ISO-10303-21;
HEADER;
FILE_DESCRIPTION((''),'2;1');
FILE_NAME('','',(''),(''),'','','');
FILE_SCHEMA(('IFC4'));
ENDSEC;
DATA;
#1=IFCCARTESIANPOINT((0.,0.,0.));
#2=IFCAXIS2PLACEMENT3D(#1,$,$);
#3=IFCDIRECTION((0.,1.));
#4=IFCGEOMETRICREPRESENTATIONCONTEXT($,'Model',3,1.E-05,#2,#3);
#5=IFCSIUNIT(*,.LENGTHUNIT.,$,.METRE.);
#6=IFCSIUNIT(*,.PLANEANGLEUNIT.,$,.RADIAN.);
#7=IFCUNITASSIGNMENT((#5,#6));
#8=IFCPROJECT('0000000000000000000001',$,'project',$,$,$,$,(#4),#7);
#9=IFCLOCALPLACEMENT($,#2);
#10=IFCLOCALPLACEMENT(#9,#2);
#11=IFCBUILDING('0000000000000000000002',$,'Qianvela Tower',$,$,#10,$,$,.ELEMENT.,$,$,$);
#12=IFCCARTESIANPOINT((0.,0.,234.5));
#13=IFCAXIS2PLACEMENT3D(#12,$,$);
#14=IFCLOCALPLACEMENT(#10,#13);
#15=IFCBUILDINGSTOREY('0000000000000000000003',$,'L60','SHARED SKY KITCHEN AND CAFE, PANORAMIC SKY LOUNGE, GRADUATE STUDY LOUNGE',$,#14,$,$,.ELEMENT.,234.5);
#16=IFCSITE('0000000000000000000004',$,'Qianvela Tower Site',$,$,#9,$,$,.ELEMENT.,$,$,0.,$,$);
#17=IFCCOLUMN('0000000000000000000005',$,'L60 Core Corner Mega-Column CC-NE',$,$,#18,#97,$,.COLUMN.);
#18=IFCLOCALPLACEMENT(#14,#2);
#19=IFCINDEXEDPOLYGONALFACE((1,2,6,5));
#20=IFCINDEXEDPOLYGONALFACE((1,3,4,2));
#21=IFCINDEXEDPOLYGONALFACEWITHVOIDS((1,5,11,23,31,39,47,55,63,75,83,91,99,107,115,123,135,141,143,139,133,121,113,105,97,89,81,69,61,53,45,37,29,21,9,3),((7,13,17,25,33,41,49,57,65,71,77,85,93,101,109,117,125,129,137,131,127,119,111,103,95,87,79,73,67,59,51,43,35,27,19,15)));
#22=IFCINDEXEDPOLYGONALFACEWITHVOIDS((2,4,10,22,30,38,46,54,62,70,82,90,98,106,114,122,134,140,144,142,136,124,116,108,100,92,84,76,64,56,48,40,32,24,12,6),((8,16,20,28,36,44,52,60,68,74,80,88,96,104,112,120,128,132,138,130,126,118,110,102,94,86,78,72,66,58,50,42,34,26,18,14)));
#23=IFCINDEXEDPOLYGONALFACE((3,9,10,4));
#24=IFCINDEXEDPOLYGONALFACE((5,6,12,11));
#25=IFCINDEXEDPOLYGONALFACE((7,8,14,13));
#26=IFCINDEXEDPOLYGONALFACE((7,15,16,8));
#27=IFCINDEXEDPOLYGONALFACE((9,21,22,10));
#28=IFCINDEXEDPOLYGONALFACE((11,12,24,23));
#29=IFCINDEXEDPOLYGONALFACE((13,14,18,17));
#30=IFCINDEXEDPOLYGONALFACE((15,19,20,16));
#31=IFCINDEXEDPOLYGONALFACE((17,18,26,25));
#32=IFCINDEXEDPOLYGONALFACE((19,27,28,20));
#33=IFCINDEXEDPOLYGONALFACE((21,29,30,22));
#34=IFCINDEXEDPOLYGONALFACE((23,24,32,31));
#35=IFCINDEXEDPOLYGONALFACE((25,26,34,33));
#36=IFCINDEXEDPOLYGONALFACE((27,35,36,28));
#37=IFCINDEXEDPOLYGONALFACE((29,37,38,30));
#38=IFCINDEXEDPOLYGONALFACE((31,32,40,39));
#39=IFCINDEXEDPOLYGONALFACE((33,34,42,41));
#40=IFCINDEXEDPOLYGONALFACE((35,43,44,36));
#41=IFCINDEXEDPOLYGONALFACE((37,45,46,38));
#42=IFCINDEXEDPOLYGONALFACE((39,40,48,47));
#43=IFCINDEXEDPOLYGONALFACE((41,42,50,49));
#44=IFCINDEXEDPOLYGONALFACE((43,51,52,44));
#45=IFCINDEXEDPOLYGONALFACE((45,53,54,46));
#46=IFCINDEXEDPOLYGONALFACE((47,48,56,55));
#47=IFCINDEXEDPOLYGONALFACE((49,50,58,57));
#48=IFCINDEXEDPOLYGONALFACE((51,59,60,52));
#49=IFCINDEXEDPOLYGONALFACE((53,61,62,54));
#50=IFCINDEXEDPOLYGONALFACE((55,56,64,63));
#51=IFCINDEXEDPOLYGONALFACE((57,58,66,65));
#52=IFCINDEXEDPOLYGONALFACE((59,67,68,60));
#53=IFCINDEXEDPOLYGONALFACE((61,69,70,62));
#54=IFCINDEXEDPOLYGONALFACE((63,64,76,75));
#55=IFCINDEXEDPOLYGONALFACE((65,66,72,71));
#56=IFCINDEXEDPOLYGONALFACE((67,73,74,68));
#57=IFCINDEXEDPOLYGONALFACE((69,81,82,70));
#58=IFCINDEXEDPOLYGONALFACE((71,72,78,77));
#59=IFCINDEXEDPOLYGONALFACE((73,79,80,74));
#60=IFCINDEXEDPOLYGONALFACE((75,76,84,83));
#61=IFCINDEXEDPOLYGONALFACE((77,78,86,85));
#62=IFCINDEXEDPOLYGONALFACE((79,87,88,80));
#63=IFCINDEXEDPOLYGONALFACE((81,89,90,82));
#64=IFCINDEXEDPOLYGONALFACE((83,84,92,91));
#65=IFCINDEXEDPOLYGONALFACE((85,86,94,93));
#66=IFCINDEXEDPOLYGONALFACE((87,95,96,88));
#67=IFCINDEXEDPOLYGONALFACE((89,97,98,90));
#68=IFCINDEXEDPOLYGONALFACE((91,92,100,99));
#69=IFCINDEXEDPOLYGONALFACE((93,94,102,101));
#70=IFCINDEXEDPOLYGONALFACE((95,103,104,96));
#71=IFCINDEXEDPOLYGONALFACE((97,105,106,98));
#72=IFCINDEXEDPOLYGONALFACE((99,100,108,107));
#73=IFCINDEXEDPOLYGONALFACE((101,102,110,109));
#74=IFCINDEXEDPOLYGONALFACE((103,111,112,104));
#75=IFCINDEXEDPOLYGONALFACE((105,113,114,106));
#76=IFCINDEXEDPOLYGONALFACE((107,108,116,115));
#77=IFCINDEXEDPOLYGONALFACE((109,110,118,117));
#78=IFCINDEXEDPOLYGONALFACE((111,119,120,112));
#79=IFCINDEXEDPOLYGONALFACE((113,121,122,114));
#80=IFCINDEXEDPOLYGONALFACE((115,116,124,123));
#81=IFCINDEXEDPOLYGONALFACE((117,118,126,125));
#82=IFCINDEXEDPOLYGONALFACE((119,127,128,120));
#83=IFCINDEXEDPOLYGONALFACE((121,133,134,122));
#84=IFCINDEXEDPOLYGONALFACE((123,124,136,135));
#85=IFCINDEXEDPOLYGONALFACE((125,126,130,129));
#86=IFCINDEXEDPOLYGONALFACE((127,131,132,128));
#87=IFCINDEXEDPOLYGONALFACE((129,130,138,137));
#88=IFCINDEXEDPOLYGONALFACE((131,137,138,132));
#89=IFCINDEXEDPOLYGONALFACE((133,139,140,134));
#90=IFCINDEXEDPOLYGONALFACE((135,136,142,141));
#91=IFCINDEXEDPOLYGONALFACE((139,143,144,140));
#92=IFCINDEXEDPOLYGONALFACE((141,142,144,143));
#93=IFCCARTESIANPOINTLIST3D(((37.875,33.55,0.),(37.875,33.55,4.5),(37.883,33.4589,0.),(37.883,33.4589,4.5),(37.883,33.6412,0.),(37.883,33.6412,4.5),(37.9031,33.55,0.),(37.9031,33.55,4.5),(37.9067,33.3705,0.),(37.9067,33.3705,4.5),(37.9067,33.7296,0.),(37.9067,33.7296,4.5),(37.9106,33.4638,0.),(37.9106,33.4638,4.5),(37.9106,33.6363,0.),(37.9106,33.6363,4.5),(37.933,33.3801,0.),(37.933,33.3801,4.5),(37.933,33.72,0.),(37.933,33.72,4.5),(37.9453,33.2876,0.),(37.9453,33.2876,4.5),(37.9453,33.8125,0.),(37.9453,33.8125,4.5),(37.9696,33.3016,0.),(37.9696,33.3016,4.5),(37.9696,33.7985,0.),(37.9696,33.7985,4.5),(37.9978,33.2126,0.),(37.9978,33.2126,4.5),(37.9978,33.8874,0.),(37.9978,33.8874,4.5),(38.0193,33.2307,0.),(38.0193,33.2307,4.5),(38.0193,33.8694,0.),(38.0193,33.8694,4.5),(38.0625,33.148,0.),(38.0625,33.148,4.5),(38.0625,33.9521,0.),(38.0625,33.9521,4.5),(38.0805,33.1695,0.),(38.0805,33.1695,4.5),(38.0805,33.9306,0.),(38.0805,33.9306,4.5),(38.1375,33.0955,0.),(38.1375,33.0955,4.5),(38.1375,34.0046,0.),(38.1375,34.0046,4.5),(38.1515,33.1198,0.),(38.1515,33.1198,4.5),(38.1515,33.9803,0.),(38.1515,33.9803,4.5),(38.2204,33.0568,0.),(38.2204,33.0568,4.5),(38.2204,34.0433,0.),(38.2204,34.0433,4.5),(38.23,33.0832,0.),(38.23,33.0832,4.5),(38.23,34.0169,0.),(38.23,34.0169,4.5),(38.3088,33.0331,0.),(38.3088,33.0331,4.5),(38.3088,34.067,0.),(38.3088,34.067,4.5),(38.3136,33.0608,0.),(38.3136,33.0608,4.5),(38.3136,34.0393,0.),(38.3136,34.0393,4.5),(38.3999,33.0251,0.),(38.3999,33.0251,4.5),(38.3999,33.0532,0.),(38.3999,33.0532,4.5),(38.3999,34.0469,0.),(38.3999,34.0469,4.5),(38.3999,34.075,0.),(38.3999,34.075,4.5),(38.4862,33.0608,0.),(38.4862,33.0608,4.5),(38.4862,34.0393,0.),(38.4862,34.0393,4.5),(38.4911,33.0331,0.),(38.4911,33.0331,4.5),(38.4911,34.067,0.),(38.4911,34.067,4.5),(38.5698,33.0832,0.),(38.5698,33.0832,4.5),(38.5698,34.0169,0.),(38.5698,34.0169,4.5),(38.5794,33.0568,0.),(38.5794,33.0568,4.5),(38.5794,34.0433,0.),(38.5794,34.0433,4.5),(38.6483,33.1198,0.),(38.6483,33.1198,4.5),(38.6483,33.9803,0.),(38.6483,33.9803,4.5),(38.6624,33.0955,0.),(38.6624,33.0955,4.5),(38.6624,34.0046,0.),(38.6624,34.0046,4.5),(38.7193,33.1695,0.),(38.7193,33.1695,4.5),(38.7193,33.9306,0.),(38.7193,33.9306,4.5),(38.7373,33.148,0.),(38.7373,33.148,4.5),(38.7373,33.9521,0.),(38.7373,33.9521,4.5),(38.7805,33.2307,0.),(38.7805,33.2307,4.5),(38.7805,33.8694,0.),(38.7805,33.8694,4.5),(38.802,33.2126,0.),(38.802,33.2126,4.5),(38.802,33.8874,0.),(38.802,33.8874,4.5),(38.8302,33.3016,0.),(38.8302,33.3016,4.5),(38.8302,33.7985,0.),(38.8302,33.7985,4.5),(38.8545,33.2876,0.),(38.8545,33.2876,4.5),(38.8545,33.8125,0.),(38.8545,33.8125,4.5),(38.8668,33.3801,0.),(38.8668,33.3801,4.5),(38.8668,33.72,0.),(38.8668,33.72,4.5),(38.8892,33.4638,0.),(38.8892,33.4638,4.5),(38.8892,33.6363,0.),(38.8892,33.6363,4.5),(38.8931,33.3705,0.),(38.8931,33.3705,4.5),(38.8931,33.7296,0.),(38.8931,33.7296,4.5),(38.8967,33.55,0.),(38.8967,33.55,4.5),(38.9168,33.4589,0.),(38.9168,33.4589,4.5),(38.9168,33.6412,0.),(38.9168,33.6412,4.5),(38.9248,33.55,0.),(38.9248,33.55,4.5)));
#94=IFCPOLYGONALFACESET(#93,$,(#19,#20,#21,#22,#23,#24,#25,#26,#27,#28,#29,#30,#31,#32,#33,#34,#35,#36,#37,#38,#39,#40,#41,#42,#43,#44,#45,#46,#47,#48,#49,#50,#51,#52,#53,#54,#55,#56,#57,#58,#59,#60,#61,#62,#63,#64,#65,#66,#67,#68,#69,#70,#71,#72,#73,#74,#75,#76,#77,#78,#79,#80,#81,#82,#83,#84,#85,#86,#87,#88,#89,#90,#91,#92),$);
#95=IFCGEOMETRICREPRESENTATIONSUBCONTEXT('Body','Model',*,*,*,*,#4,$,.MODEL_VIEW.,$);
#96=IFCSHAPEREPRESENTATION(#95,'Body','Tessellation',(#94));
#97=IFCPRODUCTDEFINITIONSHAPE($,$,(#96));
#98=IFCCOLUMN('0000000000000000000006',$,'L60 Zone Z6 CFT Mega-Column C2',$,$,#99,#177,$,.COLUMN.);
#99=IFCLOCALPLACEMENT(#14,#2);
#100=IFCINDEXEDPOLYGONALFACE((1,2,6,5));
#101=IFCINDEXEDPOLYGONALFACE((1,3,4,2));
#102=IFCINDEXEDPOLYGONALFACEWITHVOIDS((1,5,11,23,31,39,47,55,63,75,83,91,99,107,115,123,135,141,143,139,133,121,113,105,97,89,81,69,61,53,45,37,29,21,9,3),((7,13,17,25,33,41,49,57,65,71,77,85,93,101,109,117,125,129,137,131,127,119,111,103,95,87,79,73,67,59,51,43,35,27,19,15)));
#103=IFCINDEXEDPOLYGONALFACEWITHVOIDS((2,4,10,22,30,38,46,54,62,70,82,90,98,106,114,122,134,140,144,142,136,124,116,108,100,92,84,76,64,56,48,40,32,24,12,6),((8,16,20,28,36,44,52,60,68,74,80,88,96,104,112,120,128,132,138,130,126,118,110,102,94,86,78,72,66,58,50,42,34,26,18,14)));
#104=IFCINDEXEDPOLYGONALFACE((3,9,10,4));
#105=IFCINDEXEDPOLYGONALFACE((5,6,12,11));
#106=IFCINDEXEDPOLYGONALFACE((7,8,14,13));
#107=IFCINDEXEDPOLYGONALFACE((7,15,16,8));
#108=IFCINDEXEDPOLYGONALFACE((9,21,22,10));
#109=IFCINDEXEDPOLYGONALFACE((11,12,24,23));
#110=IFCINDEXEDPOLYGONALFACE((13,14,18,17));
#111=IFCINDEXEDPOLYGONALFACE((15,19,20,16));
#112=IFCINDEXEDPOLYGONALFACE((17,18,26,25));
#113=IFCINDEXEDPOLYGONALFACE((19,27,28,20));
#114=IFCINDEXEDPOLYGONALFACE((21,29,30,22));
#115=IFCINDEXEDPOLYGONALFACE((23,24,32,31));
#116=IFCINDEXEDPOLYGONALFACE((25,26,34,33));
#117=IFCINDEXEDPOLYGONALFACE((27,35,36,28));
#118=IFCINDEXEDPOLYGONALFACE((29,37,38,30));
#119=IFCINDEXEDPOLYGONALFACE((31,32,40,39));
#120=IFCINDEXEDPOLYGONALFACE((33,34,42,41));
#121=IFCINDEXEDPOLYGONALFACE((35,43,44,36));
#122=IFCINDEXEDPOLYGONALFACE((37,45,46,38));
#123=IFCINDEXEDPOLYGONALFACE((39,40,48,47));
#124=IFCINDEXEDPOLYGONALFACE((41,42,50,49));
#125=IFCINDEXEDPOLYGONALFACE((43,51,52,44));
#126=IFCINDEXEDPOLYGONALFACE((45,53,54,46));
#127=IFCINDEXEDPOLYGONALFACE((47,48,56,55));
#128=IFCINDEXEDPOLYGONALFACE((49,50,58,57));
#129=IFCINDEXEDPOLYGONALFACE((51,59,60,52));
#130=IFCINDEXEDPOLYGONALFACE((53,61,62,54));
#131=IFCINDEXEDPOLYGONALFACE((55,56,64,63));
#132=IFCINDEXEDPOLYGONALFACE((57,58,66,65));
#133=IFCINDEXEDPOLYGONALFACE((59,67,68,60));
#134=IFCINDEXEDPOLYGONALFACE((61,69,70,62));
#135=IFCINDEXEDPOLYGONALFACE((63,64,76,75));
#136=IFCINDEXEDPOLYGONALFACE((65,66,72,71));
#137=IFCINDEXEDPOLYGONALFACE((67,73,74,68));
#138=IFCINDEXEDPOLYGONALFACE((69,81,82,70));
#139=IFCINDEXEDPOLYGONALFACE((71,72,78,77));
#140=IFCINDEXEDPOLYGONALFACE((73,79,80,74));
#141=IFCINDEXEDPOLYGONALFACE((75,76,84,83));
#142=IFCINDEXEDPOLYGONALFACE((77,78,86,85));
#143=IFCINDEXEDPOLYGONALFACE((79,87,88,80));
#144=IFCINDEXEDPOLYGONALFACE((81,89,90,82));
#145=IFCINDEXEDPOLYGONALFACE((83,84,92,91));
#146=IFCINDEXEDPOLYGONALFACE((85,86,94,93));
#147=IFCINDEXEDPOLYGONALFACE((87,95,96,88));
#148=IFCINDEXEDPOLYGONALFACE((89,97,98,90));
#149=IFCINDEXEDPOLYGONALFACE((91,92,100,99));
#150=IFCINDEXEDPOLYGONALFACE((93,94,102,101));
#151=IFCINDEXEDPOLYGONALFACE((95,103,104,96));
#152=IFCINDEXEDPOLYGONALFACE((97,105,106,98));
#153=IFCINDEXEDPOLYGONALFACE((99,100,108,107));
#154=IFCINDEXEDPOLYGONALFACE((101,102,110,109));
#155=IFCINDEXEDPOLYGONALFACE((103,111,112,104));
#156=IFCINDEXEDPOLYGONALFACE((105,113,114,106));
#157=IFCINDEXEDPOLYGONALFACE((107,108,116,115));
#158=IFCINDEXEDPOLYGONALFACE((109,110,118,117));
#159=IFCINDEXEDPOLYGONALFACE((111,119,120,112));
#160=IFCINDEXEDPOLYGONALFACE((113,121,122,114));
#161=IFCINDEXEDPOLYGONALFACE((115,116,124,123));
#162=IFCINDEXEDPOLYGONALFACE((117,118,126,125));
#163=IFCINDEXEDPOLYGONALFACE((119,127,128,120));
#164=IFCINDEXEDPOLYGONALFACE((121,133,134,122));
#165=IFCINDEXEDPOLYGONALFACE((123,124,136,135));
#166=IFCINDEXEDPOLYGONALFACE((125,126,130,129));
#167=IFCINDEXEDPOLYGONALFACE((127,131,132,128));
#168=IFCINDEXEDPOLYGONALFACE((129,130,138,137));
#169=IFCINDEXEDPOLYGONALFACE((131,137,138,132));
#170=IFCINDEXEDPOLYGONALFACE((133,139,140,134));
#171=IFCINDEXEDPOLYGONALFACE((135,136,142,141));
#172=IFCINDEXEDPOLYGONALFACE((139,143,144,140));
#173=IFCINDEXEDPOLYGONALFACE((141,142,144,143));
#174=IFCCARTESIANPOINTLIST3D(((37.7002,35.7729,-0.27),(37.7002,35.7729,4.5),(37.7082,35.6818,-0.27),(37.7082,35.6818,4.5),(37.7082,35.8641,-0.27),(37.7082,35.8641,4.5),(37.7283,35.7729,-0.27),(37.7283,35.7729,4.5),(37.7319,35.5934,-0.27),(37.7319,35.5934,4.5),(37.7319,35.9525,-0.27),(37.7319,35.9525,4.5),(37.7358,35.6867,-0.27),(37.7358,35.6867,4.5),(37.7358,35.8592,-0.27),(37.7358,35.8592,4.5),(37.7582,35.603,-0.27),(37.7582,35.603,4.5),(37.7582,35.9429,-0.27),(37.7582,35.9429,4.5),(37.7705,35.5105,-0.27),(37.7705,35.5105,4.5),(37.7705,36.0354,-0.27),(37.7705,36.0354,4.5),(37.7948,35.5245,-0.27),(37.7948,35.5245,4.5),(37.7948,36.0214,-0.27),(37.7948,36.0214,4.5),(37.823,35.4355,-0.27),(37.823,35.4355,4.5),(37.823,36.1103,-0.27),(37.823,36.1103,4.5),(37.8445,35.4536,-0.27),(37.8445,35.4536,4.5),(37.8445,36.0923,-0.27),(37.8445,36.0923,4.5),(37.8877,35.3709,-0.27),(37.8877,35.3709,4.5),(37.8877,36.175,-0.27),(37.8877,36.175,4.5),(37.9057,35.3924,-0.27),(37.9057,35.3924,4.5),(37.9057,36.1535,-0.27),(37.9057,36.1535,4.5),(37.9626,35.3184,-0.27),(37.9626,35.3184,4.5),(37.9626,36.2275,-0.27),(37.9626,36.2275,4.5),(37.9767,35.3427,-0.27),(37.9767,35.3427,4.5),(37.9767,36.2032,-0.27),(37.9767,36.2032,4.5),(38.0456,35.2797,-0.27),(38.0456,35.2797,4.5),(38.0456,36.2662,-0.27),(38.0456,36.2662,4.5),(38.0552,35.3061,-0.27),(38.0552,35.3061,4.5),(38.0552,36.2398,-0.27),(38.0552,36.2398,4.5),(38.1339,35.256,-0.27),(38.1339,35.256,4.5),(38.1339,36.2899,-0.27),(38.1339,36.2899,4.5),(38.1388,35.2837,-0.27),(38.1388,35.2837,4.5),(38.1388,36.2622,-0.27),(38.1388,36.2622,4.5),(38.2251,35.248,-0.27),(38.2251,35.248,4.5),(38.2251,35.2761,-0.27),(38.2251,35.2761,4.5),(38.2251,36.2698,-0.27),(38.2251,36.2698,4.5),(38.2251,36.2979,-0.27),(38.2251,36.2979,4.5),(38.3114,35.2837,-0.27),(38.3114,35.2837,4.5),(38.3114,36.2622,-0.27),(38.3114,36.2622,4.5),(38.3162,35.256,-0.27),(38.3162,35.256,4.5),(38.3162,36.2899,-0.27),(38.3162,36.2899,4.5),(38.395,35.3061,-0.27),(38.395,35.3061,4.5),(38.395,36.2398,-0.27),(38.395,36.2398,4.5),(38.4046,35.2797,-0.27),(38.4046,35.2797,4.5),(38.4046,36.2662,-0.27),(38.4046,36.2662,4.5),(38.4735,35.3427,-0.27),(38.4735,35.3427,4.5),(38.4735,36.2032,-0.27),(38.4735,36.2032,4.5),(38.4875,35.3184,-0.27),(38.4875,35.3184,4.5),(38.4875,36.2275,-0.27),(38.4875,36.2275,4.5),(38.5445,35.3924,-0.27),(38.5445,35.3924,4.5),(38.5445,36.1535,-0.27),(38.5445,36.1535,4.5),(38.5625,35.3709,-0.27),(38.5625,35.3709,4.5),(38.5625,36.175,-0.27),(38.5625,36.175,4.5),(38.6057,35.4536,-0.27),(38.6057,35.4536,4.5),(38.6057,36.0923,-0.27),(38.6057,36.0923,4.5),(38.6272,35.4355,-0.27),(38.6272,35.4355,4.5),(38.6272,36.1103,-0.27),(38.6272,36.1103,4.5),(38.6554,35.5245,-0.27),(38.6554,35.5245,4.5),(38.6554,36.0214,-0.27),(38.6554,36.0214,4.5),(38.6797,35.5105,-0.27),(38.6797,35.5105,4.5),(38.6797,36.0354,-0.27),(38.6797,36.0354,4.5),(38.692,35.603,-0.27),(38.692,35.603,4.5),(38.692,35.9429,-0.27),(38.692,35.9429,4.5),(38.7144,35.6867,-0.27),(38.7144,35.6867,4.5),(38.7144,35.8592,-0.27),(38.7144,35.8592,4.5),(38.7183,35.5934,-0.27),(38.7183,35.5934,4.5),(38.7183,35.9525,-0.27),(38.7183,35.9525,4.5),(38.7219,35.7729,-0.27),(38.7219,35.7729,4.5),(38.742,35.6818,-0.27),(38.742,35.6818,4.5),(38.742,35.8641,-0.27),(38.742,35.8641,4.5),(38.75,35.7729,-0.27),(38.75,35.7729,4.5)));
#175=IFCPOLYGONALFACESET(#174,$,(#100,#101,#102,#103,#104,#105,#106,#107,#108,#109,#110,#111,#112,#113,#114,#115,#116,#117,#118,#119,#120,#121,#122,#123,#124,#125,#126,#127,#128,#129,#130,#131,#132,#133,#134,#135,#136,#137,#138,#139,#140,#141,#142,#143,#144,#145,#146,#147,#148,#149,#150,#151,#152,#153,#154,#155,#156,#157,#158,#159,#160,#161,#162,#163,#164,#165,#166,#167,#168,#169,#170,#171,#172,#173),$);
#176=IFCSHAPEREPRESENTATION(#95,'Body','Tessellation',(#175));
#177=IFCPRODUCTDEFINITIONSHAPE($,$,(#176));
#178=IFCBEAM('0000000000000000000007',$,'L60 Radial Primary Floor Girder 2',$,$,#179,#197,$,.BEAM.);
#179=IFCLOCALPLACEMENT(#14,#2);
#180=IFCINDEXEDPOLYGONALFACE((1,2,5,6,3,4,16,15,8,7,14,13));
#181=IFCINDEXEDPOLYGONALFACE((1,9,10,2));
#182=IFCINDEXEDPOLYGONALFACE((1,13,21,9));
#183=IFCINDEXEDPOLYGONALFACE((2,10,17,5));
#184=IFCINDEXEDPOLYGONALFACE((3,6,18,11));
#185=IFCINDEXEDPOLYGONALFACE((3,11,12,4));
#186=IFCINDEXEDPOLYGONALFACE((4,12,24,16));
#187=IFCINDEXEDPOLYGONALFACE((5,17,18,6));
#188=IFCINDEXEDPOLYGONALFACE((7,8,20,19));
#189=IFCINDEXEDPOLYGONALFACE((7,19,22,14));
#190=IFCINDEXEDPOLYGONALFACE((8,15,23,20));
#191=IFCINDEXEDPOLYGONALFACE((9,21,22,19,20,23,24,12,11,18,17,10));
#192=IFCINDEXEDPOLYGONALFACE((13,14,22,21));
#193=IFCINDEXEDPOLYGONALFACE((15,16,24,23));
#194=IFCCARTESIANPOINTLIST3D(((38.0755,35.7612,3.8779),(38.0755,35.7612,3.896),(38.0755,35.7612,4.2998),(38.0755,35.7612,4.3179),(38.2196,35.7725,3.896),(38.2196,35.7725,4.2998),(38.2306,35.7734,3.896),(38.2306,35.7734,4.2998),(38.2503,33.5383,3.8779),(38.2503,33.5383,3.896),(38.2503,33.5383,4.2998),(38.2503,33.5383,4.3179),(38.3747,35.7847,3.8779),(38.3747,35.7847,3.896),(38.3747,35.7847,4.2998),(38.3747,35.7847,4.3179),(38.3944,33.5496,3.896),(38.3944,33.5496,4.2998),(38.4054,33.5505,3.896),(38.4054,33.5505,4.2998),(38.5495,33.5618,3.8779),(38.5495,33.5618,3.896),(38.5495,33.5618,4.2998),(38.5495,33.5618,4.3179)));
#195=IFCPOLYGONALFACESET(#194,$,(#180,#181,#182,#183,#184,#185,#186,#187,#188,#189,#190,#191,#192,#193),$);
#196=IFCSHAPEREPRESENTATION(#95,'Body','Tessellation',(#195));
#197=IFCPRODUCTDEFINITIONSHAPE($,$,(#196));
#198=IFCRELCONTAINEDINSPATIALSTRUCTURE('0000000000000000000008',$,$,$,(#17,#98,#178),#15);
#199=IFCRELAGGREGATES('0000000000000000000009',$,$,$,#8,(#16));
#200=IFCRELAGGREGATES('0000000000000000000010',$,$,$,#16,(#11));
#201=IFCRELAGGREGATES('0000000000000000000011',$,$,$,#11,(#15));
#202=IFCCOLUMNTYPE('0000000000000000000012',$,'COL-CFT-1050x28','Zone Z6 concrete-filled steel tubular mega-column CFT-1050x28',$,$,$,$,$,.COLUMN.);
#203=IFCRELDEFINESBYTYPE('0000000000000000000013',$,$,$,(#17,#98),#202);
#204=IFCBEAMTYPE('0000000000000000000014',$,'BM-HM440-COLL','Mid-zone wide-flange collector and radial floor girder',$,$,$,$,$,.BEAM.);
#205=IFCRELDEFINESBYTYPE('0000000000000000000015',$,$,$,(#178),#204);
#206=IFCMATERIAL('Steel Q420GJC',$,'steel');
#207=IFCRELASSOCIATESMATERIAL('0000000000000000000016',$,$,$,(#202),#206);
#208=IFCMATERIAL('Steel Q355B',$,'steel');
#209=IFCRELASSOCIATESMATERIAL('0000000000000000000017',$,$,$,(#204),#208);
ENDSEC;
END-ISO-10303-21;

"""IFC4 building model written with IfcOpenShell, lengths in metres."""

from ifc_helpers import new_model, si_unit, direction, frame, origin, origin_2d, place, context, subcontext, project, spatial, hollow_circle, i_section, extrude, material, material_profile, profile_set, type_object, element, save


model = new_model("IFC4")

# Units and contexts
model_context = context("Model", 3, precision=1e-05, world=origin(), true_north=direction((0.0, 1.0)))
body_context = subcontext(model_context, "Body", "Model", "MODEL_VIEW")
ifc_project = project(units=[si_unit("LENGTHUNIT", "METRE"), si_unit("PLANEANGLEUNIT", "RADIAN")], contexts=[model_context])

# Site, building, storey
site_placement = place(None, origin())
site = spatial("IfcSite", under=ifc_project, at=site_placement, Name="Qianvela Tower Site", CompositionType="ELEMENT", RefElevation=0.0)
building_placement = place(site_placement, origin())
building = spatial("IfcBuilding", under=site, at=building_placement, Name="Qianvela Tower", CompositionType="ELEMENT")
storey_placement = place(building_placement, frame((0.0, 0.0, 234.5)))
storey = spatial("IfcBuildingStorey", under=building, at=storey_placement, Name="L60", Description="SHARED SKY KITCHEN AND CAFE, PANORAMIC SKY LOUNGE, GRADUATE STUDY LOUNGE", CompositionType="ELEMENT", Elevation=234.5)

# Columns
ifc_material_1 = material(Name="Steel Q420GJC", Category="steel")
ifc_material_profile_1 = material_profile(ifc_material_1, hollow_circle(Radius=0.5249, WallThickness=0.0281, at=origin_2d()), Name="CFT-1050x28")
ifc_profile_set_1 = profile_set([ifc_material_profile_1], Name="Steel Q420GJC")
column_type = type_object("IfcColumnType", Name="COL-CFT-1050x28", Description="Zone Z6 concrete-filled steel tubular mega-column CFT-1050x28", PredefinedType="COLUMN", material=ifc_profile_set_1)
column_1_placement = place(storey_placement, frame((38.3999, 33.55, 0.0), z_axis=(0.0, 0.0, 1.0), x_axis=(1.0, 0.0, 0.0)))
element("IfcColumn", 1, at=column_1_placement, inside=storey, type_object=column_type, Name="L60 Core Corner Mega-Column CC-NE", PredefinedType="COLUMN", context=body_context, shape_type="SweptSolid", body=[
    extrude(hollow_circle(Radius=0.5249, WallThickness=0.0281, at=origin_2d()), origin(), (0.0, 0.0, 1.0), 4.5),
])
column_2_placement = place(storey_placement, frame((38.2251, 35.7729, -0.27), z_axis=(0.0, 0.0, 1.0), x_axis=(1.0, 0.0, 0.0)))
element("IfcColumn", 2, at=column_2_placement, inside=storey, type_object=column_type, Name="L60 Zone Z6 CFT Mega-Column C2", PredefinedType="COLUMN", context=body_context, shape_type="SweptSolid", body=[
    extrude(hollow_circle(Radius=0.5249, WallThickness=0.0281, at=origin_2d()), origin(), (0.0, 0.0, 1.0), 4.77),
])

# Beam
ifc_material_2 = material(Name="Steel Q355B", Category="steel")
ifc_material_profile_2 = material_profile(ifc_material_2, i_section(OverallWidth=0.3, OverallDepth=0.4399, WebThickness=0.011, FlangeThickness=0.0181, at=origin_2d()), Name="HM440x300x11x18")
ifc_profile_set_2 = profile_set([ifc_material_profile_2], Name="Steel Q355B")
beam_type_1 = type_object("IfcBeamType", Name="BM-HM440-COLL", Description="Mid-zone wide-flange collector and radial floor girder", PredefinedType="BEAM", material=ifc_profile_set_2)
beam_1_placement = place(storey_placement, frame((38.3999, 33.55, 4.0979), z_axis=(-0.078396, 0.996922, 0.0), x_axis=(-0.996922, -0.078396, 0.0)))
element("IfcBeam", 3, at=beam_1_placement, inside=storey, type_object=beam_type_1, Name="L60 Radial Primary Floor Girder 2", PredefinedType="BEAM", context=body_context, shape_type="SweptSolid", body=[
    extrude(i_section(OverallWidth=0.3, OverallDepth=0.4399, WebThickness=0.011, FlangeThickness=0.0181, at=origin_2d()), origin(), (0.0, 0.0, 1.0), 2.2297),
])

save(model, "model.ifc")
